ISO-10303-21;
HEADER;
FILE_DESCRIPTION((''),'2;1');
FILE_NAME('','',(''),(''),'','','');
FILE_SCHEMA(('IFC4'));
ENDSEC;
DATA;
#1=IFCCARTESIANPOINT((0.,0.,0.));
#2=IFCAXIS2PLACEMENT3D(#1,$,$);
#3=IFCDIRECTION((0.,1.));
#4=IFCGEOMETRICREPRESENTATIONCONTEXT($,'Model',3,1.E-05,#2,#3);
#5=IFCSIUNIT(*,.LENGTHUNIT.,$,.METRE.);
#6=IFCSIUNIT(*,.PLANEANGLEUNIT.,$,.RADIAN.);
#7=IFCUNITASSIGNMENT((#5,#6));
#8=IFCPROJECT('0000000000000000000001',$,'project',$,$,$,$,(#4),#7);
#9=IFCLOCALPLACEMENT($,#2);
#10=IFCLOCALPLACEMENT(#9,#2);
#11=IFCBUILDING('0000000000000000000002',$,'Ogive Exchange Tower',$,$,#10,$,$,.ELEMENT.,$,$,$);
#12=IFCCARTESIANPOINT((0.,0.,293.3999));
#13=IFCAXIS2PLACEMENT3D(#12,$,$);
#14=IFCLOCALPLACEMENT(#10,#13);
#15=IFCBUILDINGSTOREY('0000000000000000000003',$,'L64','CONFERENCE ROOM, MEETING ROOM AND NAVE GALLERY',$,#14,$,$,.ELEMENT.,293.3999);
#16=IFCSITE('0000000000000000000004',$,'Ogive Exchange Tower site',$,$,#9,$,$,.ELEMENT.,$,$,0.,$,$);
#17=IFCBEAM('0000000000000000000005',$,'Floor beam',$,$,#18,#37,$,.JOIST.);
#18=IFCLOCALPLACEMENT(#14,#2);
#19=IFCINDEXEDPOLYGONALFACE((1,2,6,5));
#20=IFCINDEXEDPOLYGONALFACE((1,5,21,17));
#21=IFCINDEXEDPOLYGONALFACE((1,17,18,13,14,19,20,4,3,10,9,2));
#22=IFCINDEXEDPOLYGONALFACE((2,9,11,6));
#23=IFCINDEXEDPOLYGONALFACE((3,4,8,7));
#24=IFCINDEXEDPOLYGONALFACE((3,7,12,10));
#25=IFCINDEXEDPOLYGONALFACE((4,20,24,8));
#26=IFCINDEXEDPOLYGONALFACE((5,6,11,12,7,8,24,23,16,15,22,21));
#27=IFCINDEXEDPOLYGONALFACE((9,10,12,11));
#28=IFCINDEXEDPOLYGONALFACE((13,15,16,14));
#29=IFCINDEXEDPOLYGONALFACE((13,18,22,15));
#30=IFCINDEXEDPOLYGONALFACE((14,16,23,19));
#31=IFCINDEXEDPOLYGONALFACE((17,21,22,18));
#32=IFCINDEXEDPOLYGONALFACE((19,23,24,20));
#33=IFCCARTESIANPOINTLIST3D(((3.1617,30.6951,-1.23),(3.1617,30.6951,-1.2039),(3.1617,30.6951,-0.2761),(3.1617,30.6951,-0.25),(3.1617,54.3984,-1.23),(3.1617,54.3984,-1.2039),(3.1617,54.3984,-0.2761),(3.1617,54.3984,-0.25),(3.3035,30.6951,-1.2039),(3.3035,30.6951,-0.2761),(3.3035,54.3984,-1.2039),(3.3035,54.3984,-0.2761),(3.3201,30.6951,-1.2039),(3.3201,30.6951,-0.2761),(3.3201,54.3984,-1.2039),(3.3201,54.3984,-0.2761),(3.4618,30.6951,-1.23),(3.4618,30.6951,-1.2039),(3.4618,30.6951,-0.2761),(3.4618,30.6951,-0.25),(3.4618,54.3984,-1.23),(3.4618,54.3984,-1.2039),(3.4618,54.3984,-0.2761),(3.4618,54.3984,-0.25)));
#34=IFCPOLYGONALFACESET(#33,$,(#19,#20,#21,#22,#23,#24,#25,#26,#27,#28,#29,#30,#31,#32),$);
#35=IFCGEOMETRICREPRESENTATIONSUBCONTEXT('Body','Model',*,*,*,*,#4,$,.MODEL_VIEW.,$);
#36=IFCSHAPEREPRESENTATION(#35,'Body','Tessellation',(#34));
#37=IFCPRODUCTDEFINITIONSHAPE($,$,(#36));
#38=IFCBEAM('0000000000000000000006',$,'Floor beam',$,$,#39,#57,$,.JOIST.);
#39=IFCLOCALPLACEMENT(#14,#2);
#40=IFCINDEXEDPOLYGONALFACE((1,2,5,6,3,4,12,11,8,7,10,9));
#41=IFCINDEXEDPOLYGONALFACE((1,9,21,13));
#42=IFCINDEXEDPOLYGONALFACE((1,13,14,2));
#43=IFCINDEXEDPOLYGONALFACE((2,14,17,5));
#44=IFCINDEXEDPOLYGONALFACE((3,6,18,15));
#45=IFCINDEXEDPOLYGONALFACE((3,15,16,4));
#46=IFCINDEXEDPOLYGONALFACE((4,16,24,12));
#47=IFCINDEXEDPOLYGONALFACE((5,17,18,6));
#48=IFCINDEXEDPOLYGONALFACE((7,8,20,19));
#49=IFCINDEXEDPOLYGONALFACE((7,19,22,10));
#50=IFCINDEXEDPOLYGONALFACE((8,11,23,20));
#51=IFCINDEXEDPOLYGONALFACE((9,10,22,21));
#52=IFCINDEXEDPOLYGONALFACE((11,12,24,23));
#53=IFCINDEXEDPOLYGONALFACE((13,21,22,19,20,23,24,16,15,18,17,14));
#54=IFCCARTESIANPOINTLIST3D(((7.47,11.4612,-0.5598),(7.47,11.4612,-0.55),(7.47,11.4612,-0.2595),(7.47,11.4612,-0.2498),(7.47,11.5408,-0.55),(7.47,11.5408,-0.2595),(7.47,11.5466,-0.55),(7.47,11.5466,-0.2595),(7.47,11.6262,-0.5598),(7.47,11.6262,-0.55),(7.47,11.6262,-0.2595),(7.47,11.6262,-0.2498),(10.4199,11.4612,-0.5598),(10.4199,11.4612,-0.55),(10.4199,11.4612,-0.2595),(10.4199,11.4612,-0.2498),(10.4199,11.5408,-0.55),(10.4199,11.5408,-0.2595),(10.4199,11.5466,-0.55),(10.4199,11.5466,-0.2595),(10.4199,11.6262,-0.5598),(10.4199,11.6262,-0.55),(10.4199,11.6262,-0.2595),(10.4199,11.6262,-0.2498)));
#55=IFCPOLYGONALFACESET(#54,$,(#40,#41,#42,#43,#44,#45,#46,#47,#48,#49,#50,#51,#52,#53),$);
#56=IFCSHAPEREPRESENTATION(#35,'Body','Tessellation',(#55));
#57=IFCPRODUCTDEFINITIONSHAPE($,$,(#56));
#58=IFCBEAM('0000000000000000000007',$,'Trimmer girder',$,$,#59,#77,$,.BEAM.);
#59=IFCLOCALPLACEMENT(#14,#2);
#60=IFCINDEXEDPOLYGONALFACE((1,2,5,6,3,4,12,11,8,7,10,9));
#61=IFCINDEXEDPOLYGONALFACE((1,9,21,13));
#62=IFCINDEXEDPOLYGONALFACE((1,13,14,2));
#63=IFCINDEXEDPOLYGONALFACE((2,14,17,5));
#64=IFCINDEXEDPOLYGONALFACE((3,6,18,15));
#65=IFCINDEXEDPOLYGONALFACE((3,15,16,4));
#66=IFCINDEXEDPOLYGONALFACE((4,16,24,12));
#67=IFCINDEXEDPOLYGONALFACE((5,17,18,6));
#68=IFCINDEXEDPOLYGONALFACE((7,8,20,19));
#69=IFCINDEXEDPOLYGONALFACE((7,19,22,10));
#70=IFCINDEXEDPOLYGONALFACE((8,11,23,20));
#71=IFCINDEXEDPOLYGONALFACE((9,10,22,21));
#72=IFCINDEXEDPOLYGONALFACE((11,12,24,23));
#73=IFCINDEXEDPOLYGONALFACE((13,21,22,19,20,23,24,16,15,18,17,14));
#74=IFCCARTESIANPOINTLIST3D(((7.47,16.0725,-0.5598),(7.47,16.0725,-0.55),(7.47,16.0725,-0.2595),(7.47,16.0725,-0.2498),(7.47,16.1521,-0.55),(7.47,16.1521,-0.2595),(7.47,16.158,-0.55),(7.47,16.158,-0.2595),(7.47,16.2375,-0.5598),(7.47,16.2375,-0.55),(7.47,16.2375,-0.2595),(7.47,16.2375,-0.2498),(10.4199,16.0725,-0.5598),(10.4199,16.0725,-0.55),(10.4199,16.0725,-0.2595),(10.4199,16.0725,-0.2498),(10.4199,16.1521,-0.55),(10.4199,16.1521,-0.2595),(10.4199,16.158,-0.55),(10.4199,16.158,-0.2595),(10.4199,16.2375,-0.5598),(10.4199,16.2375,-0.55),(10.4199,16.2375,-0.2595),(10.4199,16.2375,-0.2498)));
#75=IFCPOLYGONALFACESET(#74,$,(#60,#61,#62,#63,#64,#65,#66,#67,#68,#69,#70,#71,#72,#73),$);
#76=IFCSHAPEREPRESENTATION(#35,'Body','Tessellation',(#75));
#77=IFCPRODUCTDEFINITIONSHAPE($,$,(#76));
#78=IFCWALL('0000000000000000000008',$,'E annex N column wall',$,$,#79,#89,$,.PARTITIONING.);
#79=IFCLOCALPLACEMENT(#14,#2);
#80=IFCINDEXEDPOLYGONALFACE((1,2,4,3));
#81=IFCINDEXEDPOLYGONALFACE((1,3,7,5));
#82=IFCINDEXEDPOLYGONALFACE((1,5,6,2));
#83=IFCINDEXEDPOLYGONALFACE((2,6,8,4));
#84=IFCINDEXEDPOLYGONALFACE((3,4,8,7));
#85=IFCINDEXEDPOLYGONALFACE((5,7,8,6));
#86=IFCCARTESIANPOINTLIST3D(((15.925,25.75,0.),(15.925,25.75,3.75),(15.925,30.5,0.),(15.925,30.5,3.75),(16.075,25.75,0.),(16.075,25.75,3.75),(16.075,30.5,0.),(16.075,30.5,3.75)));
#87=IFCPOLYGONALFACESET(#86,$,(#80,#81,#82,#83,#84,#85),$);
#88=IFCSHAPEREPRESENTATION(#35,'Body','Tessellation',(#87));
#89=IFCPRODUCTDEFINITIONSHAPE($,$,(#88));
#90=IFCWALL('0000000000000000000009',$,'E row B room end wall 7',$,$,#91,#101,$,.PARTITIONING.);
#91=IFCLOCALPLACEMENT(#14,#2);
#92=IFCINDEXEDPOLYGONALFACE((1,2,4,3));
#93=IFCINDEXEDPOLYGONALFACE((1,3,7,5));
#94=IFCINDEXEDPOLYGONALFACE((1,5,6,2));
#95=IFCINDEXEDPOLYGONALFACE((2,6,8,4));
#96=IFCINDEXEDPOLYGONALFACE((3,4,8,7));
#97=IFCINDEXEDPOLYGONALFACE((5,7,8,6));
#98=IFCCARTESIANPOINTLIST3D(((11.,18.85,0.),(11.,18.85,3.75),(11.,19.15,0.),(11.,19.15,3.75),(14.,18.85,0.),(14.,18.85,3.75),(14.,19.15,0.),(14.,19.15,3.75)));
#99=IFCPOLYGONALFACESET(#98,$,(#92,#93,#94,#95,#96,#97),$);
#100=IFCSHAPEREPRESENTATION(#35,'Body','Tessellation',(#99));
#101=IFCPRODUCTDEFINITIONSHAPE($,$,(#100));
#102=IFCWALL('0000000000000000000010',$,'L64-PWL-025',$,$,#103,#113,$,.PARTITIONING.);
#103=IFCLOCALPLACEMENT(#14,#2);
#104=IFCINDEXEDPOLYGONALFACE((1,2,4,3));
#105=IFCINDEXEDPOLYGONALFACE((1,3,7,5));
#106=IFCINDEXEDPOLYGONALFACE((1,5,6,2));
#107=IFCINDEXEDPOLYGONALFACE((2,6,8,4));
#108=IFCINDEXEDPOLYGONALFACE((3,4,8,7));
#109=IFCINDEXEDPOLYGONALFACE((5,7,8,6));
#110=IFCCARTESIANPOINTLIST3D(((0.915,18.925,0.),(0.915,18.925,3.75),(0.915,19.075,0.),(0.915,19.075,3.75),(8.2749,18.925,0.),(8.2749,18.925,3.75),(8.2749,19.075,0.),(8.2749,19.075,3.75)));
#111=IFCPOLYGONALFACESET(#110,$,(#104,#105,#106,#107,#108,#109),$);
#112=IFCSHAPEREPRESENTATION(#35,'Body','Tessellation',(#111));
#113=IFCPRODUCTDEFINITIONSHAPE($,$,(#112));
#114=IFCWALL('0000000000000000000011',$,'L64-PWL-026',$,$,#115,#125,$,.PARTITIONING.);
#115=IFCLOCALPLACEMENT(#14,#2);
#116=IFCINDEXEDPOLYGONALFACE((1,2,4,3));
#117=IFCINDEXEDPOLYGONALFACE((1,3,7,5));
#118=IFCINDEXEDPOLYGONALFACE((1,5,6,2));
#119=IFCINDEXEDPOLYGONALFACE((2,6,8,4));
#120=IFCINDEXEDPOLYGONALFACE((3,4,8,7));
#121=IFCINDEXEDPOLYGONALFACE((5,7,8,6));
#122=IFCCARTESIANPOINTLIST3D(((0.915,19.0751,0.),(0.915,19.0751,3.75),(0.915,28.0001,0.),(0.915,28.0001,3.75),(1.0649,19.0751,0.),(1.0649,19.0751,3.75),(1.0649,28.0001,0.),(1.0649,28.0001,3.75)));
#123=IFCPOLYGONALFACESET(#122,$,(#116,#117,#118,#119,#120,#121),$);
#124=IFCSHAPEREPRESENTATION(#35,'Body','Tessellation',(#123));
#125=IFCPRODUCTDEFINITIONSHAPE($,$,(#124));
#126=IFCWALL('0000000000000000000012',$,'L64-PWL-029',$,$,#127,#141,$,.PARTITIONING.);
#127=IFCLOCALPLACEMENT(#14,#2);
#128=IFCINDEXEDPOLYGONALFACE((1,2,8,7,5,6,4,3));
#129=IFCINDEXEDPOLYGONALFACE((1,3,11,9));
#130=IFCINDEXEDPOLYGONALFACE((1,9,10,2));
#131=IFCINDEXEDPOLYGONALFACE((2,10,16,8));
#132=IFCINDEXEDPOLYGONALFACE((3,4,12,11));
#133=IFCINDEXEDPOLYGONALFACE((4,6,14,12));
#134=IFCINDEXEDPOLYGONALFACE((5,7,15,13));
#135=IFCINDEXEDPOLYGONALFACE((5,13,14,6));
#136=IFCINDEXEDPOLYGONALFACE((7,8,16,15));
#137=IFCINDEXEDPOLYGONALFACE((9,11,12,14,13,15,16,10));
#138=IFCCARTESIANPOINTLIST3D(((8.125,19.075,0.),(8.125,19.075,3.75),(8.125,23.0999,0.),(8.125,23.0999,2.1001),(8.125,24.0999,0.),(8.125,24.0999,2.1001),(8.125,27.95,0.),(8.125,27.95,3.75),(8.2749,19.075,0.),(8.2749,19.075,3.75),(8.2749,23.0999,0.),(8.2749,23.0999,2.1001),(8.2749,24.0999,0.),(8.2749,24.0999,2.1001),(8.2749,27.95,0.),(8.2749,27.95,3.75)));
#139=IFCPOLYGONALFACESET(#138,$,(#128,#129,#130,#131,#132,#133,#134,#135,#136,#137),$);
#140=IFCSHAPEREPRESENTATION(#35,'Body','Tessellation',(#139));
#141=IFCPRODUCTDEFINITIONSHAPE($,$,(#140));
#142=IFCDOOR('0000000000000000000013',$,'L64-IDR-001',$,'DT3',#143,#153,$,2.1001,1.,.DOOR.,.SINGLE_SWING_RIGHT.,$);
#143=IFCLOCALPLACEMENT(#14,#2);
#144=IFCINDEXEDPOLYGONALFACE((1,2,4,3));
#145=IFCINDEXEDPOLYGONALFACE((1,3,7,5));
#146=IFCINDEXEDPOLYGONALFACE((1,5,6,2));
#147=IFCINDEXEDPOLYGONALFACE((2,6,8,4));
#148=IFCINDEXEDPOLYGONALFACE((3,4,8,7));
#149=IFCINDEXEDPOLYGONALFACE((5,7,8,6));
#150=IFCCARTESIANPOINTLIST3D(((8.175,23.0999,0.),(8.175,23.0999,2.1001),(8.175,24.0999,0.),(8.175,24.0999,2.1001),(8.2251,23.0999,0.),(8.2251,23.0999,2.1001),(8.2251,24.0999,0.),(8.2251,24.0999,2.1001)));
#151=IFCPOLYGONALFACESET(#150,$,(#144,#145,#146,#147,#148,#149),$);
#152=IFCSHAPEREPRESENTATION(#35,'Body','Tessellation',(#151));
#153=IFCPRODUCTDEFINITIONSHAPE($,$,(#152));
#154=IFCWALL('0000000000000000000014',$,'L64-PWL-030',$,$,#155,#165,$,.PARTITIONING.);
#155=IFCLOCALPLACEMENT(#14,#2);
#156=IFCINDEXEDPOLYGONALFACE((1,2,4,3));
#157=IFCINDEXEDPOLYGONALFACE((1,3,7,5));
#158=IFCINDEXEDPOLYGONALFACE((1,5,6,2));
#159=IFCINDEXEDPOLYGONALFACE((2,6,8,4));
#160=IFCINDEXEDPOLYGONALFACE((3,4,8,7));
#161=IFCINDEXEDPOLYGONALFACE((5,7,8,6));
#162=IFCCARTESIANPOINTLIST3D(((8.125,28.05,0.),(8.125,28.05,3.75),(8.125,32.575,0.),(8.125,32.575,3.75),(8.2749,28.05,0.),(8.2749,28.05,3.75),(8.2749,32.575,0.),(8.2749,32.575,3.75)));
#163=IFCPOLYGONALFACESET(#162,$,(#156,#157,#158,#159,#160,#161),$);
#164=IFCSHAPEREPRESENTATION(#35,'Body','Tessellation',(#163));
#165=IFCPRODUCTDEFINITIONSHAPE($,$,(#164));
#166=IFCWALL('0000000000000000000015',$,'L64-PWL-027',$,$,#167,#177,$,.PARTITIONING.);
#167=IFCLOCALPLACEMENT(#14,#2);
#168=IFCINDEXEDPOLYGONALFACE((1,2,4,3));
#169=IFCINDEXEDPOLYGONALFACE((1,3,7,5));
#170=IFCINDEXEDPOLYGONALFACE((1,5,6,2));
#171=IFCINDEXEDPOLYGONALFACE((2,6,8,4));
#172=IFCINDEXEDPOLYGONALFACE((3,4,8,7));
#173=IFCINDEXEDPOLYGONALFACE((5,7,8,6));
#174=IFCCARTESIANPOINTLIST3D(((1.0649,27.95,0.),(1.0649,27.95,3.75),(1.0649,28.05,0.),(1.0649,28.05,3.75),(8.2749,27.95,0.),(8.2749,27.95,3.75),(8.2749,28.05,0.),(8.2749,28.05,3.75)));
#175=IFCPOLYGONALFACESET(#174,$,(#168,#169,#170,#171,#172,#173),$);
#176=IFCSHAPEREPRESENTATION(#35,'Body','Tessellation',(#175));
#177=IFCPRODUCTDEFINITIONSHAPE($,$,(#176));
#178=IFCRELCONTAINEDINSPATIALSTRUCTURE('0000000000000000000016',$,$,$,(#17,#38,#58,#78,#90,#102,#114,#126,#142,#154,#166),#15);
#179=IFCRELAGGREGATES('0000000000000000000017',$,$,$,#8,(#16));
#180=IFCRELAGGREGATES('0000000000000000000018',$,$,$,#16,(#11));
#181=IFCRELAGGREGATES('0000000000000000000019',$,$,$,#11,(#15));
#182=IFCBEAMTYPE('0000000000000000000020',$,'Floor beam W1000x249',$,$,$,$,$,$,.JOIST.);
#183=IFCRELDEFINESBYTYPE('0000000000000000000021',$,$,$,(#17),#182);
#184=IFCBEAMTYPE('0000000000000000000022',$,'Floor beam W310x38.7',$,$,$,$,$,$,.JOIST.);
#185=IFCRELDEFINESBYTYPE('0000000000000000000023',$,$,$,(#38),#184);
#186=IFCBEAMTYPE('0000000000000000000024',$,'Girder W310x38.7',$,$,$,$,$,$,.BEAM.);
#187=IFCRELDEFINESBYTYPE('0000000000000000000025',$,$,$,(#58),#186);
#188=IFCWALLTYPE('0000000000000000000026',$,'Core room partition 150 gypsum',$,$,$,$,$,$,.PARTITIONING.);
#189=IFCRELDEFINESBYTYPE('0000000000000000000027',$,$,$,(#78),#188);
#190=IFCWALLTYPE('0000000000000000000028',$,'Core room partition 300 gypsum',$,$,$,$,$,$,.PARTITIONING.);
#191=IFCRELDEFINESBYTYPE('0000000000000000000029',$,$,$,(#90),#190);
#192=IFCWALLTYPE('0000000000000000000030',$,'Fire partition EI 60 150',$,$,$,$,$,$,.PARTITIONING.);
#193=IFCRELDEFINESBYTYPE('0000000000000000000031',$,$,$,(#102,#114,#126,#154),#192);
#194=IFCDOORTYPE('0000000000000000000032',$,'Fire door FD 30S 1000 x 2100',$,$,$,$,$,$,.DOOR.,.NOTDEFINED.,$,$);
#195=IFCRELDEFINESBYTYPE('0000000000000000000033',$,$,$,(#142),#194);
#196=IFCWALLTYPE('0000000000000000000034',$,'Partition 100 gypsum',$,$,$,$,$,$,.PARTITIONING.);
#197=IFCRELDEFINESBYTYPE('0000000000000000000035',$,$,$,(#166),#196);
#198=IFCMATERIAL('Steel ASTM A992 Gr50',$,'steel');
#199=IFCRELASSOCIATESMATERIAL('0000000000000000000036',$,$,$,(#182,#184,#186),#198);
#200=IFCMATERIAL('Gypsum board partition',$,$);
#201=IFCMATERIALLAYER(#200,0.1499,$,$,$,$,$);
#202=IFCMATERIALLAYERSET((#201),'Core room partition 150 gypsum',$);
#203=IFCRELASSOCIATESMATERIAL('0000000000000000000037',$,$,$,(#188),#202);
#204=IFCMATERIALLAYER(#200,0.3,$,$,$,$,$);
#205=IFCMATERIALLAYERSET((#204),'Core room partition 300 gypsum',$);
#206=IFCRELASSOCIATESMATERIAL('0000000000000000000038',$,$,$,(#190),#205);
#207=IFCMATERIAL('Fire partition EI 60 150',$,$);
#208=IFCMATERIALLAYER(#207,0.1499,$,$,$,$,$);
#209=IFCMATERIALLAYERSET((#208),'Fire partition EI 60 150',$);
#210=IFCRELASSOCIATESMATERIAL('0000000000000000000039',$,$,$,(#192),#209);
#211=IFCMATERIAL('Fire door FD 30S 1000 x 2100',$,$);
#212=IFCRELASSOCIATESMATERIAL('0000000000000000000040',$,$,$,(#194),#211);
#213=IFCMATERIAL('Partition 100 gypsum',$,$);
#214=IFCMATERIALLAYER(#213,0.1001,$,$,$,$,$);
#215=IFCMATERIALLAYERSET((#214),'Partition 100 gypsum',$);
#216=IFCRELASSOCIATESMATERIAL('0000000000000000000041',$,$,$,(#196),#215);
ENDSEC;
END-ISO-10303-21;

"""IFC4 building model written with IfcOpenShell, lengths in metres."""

from ifc_helpers import new_model, si_unit, direction, frame, frame_2d, origin, origin_2d, place, context, subcontext, project, spatial, rectangle, i_section, extrude, material, layer, layer_set, material_profile, profile_set, type_object, element, fill, save


model = new_model("IFC4")

# Units and contexts
model_context = context("Model", 3, precision=1e-05, world=origin(), true_north=direction((0.0, 1.0)))
body_context = subcontext(model_context, "Body", "Model", "MODEL_VIEW")
ifc_project = project(units=[si_unit("LENGTHUNIT", "METRE"), si_unit("PLANEANGLEUNIT", "RADIAN")], contexts=[model_context])

# Site, building, storey
site_placement = place(None, origin())
site = spatial("IfcSite", under=ifc_project, at=site_placement, Name="Ogive Exchange Tower site", CompositionType="ELEMENT", RefElevation=0.0)
building_placement = place(site_placement, origin())
building = spatial("IfcBuilding", under=site, at=building_placement, Name="Ogive Exchange Tower", CompositionType="ELEMENT")
storey_placement = place(building_placement, frame((0.0, 0.0, 293.3999)))
storey = spatial("IfcBuildingStorey", under=building, at=storey_placement, Name="L64", Description="CONFERENCE ROOM, MEETING ROOM AND NAVE GALLERY", CompositionType="ELEMENT", Elevation=293.3999)

# Beams
ifc_material_1 = material(Name="Steel ASTM A992 Gr50", Category="steel")
ifc_material_profile_1 = material_profile(ifc_material_1, i_section(OverallWidth=0.3, OverallDepth=0.98, WebThickness=0.0166, FlangeThickness=0.0261, at=origin_2d()), Name="W1000x249")
ifc_profile_set_1 = profile_set([ifc_material_profile_1], Name="Steel ASTM A992 Gr50")
beam_type_1 = type_object("IfcBeamType", Name="Floor beam W1000x249", PredefinedType="JOIST", material=ifc_profile_set_1)
beam_1_placement = place(storey_placement, frame((3.3118, 30.6951, -0.74), z_axis=(0.0, 1.0, 0.0), x_axis=(-1.0, 0.0, 0.0)))
element("IfcBeam", 1, at=beam_1_placement, inside=storey, type_object=beam_type_1, Name="Floor beam", PredefinedType="JOIST", context=body_context, shape_type="SweptSolid", body=[
    extrude(i_section(OverallWidth=0.3, OverallDepth=0.98, WebThickness=0.0166, FlangeThickness=0.0261, at=origin_2d()), origin(), (0.0, 0.0, 1.0), 23.7034),
])
ifc_material_profile_2 = material_profile(ifc_material_1, i_section(OverallWidth=0.165, OverallDepth=0.3101, WebThickness=0.0059, FlangeThickness=0.0098, at=origin_2d()), Name="W310x38.7")
ifc_profile_set_2 = profile_set([ifc_material_profile_2], Name="Steel ASTM A992 Gr50")
beam_type_2 = type_object("IfcBeamType", Name="Floor beam W310x38.7", PredefinedType="JOIST", material=ifc_profile_set_2)
beam_2_placement = place(storey_placement, frame((7.47, 11.5437, -0.4048), z_axis=(1.0, 0.0, 0.0), x_axis=(0.0, 1.0, 0.0)))
element("IfcBeam", 2, at=beam_2_placement, inside=storey, type_object=beam_type_2, Name="Floor beam", PredefinedType="JOIST", context=body_context, shape_type="SweptSolid", body=[
    extrude(i_section(OverallWidth=0.165, OverallDepth=0.3101, WebThickness=0.0059, FlangeThickness=0.0098, at=origin_2d()), origin(), (0.0, 0.0, 1.0), 2.95),
])
ifc_material_profile_3 = material_profile(ifc_material_1, i_section(OverallWidth=0.165, OverallDepth=0.3101, WebThickness=0.0059, FlangeThickness=0.0098, at=origin_2d()), Name="W310x38.7")
ifc_profile_set_3 = profile_set([ifc_material_profile_3], Name="Steel ASTM A992 Gr50")
beam_type_3 = type_object("IfcBeamType", Name="Girder W310x38.7", PredefinedType="BEAM", material=ifc_profile_set_3)
beam_3_placement = place(storey_placement, frame((7.47, 16.155, -0.4048), z_axis=(1.0, 0.0, 0.0), x_axis=(0.0, 1.0, 0.0)))
element("IfcBeam", 3, at=beam_3_placement, inside=storey, type_object=beam_type_3, Name="Trimmer girder", PredefinedType="BEAM", context=body_context, shape_type="SweptSolid", body=[
    extrude(i_section(OverallWidth=0.165, OverallDepth=0.3101, WebThickness=0.0059, FlangeThickness=0.0098, at=origin_2d()), origin(), (0.0, 0.0, 1.0), 2.95),
])

# Walls
ifc_material_2 = material(Name="Gypsum board partition")
ifc_layer_1 = layer(ifc_material_2, 0.1499)
ifc_layer_set_1 = layer_set([ifc_layer_1], Name="Core room partition 150 gypsum")
wall_type_1 = type_object("IfcWallType", Name="Core room partition 150 gypsum", PredefinedType="PARTITIONING", material=ifc_layer_set_1)
wall_1_placement = place(storey_placement, frame((16.0, 25.75, 0.0), z_axis=(0.0, 0.0, 1.0), x_axis=(0.0, 1.0, 0.0)))
element("IfcWall", 4, at=wall_1_placement, inside=storey, type_object=wall_type_1, Name="E annex N column wall", PredefinedType="PARTITIONING", context=body_context, shape_type="SweptSolid", body=[
    extrude(rectangle(XDim=4.75, YDim=0.1499, at=frame_2d((2.375, 0.0))), origin(), (0.0, 0.0, 1.0), 3.75),
])
ifc_layer_2 = layer(ifc_material_2, 0.3)
ifc_layer_set_2 = layer_set([ifc_layer_2], Name="Core room partition 300 gypsum")
wall_type_2 = type_object("IfcWallType", Name="Core room partition 300 gypsum", PredefinedType="PARTITIONING", material=ifc_layer_set_2)
wall_2_placement = place(storey_placement, frame((11.0, 19.0, 0.0), z_axis=(0.0, 0.0, 1.0), x_axis=(1.0, 0.0, 0.0)))
element("IfcWall", 5, at=wall_2_placement, inside=storey, type_object=wall_type_2, Name="E row B room end wall 7", PredefinedType="PARTITIONING", context=body_context, shape_type="SweptSolid", body=[
    extrude(rectangle(XDim=3.0, YDim=0.3, at=frame_2d((1.5, 0.0))), origin(), (0.0, 0.0, 1.0), 3.75),
])
ifc_material_3 = material(Name="Fire partition EI 60 150")
ifc_layer_3 = layer(ifc_material_3, 0.1499)
ifc_layer_set_3 = layer_set([ifc_layer_3], Name="Fire partition EI 60 150")
wall_type_3 = type_object("IfcWallType", Name="Fire partition EI 60 150", PredefinedType="PARTITIONING", material=ifc_layer_set_3)
wall_3_placement = place(storey_placement, frame((0.915, 19.0, 0.0), z_axis=(0.0, 0.0, 1.0), x_axis=(1.0, 0.0, 0.0)))
element("IfcWall", 6, at=wall_3_placement, inside=storey, type_object=wall_type_3, Name="L64-PWL-025", PredefinedType="PARTITIONING", context=body_context, shape_type="SweptSolid", body=[
    extrude(rectangle(XDim=7.3599, YDim=0.1499, at=frame_2d((3.6799, 0.0))), origin(), (0.0, 0.0, 1.0), 3.75),
])
wall_4_placement = place(storey_placement, frame((0.99, 28.0, 0.0), z_axis=(0.0, 0.0, 1.0), x_axis=(0.0, -1.0, 0.0)))
element("IfcWall", 7, at=wall_4_placement, inside=storey, type_object=wall_type_3, Name="L64-PWL-026", PredefinedType="PARTITIONING", context=body_context, shape_type="SweptSolid", body=[
    extrude(rectangle(XDim=8.925, YDim=0.1499, at=frame_2d((4.4624, 0.0))), origin(), (0.0, 0.0, 1.0), 3.75),
])

# Wall, opening, door
wall_5_placement = place(storey_placement, frame((8.2, 19.075, 0.0), z_axis=(0.0, 0.0, 1.0), x_axis=(0.0, 1.0, 0.0)))
wall_5 = element("IfcWall", 8, at=wall_5_placement, inside=storey, type_object=wall_type_3, Name="L64-PWL-029", PredefinedType="PARTITIONING", context=body_context, shape_type="SweptSolid", body=[
    extrude(rectangle(XDim=8.875, YDim=0.1499, at=frame_2d((4.4375, 0.0))), origin(), (0.0, 0.0, 1.0), 3.75),
])
opening_1_placement = place(wall_5_placement, frame((4.0249, 0.0, 0.0)))
opening_1 = element("IfcOpeningElement", 9, at=opening_1_placement, cuts=wall_5, PredefinedType="OPENING", context=body_context, shape_type="SweptSolid", body=[
    extrude(rectangle(XDim=1.0, YDim=2.1001, at=frame_2d((0.5, 1.05))), frame((0.0, 0.085, 0.0), z_axis=(0.0, -1.0, 0.0), x_axis=(1.0, 0.0, 0.0)), (0.0, 0.0, 1.0), 0.1699),
])
ifc_material_4 = material(Name="Fire door FD 30S 1000 x 2100")
door_type_1 = type_object("IfcDoorType", Name="Fire door FD 30S 1000 x 2100", OperationType="NOTDEFINED", PredefinedType="DOOR", material=ifc_material_4)
door_1_placement = place(opening_1_placement, origin())
door_1 = element("IfcDoor", 10, at=door_1_placement, inside=storey, type_object=door_type_1, Name="L64-IDR-001", ObjectType="DT3", OperationType="SINGLE_SWING_RIGHT", OverallHeight=2.1001, OverallWidth=1.0, PredefinedType="DOOR", context=body_context, shape_type="SweptSolid", body=[
    extrude(rectangle(XDim=1.0, YDim=2.1001, at=frame_2d((0.5, 1.05))), frame((0.0, 0.0249, 0.0), z_axis=(0.0, -1.0, 0.0), x_axis=(1.0, 0.0, 0.0)), (0.0, 0.0, 1.0), 0.05),
])
fill(opening_1, door_1)

# Walls
wall_6_placement = place(storey_placement, frame((8.2, 28.05, 0.0), z_axis=(0.0, 0.0, 1.0), x_axis=(0.0, 1.0, 0.0)))
element("IfcWall", 11, at=wall_6_placement, inside=storey, type_object=wall_type_3, Name="L64-PWL-030", PredefinedType="PARTITIONING", context=body_context, shape_type="SweptSolid", body=[
    extrude(rectangle(XDim=4.5249, YDim=0.1499, at=frame_2d((2.2625, 0.0))), origin(), (0.0, 0.0, 1.0), 3.75),
])
ifc_material_5 = material(Name="Partition 100 gypsum")
ifc_layer_4 = layer(ifc_material_5, 0.1001)
ifc_layer_set_4 = layer_set([ifc_layer_4], Name="Partition 100 gypsum")
wall_type_4 = type_object("IfcWallType", Name="Partition 100 gypsum", PredefinedType="PARTITIONING", material=ifc_layer_set_4)
wall_7_placement = place(storey_placement, frame((1.0649, 28.0, 0.0), z_axis=(0.0, 0.0, 1.0), x_axis=(1.0, 0.0, 0.0)))
element("IfcWall", 12, at=wall_7_placement, inside=storey, type_object=wall_type_4, Name="L64-PWL-027", PredefinedType="PARTITIONING", context=body_context, shape_type="SweptSolid", body=[
    extrude(rectangle(XDim=7.21, YDim=0.1001, at=frame_2d((3.605, 0.0))), origin(), (0.0, 0.0, 1.0), 3.75),
])

save(model, "model.ifc")
